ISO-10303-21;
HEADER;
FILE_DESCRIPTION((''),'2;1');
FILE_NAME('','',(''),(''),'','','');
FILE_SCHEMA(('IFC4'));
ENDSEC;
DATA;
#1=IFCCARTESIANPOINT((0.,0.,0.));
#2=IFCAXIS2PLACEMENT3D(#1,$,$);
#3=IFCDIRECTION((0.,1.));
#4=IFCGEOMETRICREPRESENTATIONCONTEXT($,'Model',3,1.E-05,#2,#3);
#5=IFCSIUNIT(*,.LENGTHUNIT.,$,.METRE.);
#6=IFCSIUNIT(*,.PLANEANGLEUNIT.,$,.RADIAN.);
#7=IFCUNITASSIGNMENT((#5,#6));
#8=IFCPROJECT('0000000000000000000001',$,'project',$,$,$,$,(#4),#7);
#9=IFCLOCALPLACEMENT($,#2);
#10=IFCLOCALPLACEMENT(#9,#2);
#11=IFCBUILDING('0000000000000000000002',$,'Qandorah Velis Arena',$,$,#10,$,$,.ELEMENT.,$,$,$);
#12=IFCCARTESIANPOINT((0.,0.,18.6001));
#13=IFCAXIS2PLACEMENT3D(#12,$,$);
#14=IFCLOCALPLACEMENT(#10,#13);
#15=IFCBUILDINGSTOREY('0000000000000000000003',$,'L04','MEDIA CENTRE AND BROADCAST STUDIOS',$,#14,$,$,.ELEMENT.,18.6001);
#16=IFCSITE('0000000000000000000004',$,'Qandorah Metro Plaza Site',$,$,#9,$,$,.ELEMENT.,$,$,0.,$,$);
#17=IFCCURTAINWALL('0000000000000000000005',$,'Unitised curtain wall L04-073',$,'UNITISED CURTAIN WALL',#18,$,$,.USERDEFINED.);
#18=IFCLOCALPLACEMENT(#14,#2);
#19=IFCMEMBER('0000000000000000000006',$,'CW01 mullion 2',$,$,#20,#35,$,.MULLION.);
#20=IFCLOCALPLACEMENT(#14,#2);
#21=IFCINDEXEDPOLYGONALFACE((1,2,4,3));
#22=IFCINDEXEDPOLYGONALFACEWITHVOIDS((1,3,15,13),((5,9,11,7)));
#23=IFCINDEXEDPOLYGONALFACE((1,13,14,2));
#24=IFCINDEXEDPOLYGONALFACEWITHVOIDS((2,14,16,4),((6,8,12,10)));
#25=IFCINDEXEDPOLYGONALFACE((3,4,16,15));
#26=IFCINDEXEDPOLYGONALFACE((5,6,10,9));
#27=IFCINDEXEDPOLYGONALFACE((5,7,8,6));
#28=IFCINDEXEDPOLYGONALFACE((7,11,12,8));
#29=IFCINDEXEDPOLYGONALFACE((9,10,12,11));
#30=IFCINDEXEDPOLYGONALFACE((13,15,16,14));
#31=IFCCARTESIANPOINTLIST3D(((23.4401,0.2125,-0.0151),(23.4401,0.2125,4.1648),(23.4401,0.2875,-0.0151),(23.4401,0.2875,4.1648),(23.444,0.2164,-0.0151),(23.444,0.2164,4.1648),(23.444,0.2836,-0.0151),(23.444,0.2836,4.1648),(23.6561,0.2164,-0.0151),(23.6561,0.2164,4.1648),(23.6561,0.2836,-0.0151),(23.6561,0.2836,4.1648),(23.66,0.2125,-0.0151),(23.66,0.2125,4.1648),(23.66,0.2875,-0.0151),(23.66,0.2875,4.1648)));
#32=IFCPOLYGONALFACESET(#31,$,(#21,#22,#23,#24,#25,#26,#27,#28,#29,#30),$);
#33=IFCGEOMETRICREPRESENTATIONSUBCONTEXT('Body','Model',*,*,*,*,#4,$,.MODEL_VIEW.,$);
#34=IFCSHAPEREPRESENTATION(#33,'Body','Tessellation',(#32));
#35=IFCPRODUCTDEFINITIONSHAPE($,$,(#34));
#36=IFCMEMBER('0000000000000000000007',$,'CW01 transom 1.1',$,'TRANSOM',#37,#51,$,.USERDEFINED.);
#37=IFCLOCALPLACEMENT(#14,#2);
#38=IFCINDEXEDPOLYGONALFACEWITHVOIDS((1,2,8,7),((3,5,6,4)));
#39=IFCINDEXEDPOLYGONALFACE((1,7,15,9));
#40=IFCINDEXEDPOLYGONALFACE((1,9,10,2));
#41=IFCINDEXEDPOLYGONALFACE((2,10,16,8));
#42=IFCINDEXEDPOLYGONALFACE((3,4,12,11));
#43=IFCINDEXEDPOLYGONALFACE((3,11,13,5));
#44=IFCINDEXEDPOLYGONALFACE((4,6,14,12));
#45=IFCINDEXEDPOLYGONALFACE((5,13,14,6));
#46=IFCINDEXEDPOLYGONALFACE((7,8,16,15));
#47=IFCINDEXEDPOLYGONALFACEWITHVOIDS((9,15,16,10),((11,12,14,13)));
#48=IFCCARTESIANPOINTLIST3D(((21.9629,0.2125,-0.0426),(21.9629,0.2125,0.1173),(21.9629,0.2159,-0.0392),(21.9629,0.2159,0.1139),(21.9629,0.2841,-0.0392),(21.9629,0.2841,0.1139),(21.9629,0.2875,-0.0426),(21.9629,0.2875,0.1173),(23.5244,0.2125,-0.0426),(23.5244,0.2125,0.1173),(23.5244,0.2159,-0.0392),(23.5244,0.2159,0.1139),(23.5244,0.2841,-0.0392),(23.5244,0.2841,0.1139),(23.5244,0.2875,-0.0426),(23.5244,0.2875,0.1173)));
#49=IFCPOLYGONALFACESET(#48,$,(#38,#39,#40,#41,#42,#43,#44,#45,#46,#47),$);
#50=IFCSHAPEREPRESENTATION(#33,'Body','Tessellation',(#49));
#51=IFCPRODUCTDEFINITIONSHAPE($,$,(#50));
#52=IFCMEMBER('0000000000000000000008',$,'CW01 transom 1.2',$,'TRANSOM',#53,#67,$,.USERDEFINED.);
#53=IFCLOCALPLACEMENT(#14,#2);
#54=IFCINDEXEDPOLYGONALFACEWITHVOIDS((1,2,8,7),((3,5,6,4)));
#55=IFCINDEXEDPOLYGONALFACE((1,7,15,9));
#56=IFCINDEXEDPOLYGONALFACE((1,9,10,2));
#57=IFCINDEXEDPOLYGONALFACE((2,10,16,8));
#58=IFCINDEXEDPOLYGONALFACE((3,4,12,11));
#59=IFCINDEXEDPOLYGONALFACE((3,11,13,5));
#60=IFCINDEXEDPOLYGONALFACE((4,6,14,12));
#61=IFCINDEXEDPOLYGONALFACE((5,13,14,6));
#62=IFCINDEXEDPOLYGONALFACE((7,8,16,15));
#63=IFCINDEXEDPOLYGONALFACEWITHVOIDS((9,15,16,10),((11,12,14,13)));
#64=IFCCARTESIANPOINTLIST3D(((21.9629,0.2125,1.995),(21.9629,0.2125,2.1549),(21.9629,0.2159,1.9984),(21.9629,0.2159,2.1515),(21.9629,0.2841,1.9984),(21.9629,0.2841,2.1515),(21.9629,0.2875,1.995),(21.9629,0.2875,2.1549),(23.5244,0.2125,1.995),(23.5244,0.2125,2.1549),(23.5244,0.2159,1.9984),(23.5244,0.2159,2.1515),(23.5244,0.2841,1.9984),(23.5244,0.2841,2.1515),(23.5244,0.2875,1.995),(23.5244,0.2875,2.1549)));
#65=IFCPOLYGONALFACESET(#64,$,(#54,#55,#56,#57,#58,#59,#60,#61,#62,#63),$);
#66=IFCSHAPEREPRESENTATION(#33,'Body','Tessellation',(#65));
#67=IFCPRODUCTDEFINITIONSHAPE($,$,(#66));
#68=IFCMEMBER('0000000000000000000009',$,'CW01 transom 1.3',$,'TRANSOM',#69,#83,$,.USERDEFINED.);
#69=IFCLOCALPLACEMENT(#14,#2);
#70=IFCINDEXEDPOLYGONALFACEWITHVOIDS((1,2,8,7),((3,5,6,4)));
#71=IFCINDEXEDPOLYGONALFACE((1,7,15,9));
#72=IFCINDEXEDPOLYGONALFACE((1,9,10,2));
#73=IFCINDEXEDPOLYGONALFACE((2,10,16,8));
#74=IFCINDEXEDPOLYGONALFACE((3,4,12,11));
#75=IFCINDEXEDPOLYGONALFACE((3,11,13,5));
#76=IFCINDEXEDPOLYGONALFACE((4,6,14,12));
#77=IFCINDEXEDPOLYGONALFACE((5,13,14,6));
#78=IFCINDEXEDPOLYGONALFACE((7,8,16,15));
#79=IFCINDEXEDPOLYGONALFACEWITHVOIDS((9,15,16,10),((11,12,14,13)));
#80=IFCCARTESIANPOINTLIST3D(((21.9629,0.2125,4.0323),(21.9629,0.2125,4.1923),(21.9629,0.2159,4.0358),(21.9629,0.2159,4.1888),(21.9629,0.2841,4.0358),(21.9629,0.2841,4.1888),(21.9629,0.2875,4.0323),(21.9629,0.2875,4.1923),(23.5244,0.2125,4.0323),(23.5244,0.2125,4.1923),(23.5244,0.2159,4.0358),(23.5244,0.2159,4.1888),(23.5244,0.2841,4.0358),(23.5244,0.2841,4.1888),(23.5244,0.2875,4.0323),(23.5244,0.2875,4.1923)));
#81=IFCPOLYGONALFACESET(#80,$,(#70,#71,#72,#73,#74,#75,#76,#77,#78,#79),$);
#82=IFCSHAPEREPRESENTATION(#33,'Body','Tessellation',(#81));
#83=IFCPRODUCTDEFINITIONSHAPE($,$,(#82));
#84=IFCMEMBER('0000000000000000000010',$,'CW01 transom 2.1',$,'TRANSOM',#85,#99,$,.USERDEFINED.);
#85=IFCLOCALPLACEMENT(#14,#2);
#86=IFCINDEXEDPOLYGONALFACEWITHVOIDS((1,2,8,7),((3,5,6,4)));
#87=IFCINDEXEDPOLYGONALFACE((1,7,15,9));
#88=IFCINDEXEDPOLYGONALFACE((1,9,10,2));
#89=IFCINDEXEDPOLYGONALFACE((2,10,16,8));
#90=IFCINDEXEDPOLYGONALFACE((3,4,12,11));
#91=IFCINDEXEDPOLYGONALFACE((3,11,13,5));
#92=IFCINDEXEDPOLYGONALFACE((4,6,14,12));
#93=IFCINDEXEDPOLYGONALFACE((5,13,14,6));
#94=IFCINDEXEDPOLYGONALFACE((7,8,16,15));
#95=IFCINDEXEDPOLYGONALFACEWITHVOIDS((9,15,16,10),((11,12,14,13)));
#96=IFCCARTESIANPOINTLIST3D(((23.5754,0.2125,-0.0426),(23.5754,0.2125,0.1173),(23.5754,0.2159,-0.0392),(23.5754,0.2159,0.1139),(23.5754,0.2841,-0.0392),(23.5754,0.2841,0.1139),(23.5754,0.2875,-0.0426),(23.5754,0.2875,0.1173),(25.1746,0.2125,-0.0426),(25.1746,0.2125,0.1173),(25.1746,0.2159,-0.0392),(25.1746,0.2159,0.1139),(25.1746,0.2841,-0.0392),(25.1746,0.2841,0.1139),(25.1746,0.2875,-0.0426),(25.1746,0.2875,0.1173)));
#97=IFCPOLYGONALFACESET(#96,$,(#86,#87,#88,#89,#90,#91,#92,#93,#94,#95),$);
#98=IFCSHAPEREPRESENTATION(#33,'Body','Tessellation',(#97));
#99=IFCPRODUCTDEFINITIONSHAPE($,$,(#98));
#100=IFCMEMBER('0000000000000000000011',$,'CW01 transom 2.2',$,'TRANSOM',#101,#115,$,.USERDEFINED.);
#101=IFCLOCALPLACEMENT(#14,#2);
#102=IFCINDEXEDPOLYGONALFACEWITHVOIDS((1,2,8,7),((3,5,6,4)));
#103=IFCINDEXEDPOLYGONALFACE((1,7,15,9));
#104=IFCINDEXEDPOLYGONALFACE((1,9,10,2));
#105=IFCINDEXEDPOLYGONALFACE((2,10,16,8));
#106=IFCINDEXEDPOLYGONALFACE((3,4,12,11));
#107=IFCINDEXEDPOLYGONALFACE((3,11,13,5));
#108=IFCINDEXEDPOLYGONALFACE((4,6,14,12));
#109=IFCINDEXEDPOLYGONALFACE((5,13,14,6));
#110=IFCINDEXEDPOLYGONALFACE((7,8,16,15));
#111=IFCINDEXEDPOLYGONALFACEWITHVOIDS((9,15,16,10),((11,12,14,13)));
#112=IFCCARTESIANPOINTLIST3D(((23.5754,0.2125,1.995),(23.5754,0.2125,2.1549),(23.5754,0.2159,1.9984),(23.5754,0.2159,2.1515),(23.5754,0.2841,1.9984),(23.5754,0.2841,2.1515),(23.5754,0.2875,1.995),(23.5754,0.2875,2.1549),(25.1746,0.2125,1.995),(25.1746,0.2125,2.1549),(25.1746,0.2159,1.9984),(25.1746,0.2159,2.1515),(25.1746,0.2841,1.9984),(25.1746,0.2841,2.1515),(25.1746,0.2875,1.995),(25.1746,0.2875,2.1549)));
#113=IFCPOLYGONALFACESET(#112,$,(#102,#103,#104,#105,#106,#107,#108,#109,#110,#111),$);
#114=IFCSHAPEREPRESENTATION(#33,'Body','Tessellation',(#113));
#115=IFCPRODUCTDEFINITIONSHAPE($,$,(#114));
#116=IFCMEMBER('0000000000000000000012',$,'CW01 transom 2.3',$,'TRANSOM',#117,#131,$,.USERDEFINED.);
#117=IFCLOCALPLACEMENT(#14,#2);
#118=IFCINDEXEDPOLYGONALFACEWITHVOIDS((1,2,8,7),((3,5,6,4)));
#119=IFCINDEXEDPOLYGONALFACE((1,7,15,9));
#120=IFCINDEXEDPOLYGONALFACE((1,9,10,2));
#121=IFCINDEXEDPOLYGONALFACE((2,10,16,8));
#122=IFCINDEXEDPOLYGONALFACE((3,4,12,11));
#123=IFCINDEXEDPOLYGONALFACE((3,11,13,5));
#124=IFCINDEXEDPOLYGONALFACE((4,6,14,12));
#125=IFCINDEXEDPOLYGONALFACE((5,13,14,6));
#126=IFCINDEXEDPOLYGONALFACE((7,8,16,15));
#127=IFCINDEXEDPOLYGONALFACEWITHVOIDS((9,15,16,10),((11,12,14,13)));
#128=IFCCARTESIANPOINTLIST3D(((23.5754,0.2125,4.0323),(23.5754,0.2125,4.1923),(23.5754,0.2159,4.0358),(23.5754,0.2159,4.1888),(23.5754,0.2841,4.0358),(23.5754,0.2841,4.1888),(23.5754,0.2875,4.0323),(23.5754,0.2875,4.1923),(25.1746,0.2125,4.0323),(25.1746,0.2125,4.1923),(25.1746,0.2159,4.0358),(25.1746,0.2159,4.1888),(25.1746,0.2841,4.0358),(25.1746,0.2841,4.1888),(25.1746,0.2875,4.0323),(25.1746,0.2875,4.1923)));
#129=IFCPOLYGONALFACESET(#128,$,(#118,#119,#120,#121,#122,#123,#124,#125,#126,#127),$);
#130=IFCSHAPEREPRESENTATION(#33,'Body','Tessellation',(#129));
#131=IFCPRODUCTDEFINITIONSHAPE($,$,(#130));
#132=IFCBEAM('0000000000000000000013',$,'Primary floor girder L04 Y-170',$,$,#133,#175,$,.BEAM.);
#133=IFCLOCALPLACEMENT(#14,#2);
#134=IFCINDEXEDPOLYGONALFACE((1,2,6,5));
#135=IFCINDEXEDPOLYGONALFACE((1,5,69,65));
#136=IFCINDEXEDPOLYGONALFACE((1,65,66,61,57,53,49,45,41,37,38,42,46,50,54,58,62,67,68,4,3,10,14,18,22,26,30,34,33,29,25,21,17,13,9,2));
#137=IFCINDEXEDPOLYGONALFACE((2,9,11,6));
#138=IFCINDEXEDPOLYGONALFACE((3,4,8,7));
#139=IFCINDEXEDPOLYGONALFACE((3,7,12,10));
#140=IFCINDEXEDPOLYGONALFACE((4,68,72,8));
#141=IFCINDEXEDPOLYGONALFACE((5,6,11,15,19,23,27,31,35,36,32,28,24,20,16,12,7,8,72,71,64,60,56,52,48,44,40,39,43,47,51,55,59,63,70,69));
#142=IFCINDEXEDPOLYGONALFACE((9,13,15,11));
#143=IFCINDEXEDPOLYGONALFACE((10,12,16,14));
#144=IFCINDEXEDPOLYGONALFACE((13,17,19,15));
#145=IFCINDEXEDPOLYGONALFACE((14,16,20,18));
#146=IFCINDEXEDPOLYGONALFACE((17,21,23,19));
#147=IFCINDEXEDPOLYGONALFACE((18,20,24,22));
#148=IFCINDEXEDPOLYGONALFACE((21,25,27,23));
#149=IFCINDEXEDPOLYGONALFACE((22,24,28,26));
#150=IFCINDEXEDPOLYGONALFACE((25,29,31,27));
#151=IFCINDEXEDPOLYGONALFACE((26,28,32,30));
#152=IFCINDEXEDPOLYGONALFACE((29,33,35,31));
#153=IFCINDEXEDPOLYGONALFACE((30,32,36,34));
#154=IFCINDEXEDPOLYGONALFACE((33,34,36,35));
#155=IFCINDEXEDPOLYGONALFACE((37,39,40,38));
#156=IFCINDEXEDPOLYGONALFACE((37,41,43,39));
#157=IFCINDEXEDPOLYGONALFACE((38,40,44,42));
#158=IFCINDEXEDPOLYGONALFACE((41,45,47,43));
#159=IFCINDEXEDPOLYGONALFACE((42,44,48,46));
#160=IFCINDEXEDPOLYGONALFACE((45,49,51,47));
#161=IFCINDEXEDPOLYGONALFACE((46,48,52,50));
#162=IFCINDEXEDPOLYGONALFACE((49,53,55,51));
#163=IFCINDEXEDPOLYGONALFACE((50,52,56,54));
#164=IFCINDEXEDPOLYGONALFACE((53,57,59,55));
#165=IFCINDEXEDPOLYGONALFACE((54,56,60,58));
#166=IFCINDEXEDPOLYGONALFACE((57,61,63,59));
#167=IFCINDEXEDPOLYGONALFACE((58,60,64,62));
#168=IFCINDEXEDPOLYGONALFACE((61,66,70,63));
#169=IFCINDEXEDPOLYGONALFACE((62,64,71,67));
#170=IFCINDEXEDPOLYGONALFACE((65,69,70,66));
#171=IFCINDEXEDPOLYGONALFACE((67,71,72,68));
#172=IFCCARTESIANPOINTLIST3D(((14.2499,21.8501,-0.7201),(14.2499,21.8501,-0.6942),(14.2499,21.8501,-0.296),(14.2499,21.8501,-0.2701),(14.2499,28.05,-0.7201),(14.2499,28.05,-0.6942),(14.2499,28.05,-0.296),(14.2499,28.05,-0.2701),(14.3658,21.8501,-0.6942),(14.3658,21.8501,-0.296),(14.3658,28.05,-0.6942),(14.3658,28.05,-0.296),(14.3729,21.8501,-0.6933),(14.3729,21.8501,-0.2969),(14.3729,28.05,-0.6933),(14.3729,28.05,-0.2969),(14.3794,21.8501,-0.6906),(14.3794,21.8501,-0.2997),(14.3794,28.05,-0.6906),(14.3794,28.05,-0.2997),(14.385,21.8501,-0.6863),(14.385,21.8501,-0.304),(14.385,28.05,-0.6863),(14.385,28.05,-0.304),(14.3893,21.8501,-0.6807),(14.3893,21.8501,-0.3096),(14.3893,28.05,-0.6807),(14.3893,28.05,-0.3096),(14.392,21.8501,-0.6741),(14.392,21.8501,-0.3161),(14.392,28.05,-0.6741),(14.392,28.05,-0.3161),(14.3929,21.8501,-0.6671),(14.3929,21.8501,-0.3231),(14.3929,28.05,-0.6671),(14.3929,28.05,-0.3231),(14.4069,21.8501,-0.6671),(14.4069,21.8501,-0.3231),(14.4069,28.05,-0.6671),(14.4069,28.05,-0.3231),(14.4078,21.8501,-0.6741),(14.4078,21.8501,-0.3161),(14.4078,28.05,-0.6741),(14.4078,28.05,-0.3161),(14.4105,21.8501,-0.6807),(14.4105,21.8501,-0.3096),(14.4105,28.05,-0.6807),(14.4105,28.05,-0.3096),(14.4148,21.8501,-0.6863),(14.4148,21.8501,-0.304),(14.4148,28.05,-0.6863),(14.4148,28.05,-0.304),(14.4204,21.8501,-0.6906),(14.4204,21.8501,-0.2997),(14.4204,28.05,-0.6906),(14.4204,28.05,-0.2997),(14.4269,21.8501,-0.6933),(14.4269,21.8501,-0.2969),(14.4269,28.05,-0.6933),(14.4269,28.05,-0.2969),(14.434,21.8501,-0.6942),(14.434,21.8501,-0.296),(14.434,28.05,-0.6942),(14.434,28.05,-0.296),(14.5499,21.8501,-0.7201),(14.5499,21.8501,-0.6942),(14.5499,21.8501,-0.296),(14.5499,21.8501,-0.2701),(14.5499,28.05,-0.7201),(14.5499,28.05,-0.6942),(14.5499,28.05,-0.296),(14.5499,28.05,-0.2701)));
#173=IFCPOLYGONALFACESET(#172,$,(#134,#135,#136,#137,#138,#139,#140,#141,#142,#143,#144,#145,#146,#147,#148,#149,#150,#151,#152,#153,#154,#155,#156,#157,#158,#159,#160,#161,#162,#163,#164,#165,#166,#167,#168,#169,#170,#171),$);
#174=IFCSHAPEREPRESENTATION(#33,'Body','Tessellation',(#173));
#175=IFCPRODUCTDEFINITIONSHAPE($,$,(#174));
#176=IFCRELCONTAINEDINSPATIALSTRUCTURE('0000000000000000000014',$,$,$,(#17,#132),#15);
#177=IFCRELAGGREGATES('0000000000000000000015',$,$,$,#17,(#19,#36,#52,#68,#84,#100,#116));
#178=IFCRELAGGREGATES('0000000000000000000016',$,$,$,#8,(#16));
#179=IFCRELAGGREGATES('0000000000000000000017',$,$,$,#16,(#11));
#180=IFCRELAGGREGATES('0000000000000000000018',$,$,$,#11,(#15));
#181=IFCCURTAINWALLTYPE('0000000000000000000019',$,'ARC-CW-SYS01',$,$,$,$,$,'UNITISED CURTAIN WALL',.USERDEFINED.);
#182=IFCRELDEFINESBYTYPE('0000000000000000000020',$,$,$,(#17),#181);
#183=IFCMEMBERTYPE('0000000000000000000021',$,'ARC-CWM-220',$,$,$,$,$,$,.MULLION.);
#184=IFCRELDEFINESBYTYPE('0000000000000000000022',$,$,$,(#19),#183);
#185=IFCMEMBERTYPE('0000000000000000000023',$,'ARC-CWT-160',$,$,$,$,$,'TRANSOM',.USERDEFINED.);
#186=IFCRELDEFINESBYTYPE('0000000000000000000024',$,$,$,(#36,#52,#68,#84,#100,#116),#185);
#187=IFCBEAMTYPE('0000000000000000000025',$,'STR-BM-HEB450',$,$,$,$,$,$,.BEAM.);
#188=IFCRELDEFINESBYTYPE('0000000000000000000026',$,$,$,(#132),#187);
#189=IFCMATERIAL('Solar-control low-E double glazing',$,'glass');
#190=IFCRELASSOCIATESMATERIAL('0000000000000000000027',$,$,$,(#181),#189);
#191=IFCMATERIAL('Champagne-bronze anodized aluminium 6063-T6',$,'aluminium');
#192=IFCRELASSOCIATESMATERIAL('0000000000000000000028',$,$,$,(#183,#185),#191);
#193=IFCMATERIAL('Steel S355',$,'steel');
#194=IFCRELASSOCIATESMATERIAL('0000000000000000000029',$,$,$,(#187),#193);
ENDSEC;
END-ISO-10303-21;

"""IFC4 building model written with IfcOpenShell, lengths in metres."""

from ifc_helpers import new_model, si_unit, direction, frame, origin, origin_2d, place, context, subcontext, project, spatial, hollow_rectangle, i_section, extrude, material, material_profile, profile_set, type_object, element, aggregate, save


model = new_model("IFC4")

# Units and contexts
model_context = context("Model", 3, precision=1e-05, world=origin(), true_north=direction((0.0, 1.0)))
body_context = subcontext(model_context, "Body", "Model", "MODEL_VIEW")
ifc_project = project(units=[si_unit("LENGTHUNIT", "METRE"), si_unit("PLANEANGLEUNIT", "RADIAN")], contexts=[model_context])

# Site, building, storey
site_placement = place(None, origin())
site = spatial("IfcSite", under=ifc_project, at=site_placement, Name="Qandorah Metro Plaza Site", CompositionType="ELEMENT", RefElevation=0.0)
building_placement = place(site_placement, origin())
building = spatial("IfcBuilding", under=site, at=building_placement, Name="Qandorah Velis Arena", CompositionType="ELEMENT")
storey_placement = place(building_placement, frame((0.0, 0.0, 18.6001)))
storey = spatial("IfcBuildingStorey", under=building, at=storey_placement, Name="L04", Description="MEDIA CENTRE AND BROADCAST STUDIOS", CompositionType="ELEMENT", Elevation=18.6001)

# Shared definitions
ifc_material_1 = material(Name="Steel S355", Category="steel")

# Curtain wall, members
ifc_material_2 = material(Name="Solar-control low-E double glazing", Category="glass")
curtain_wall_type = type_object("IfcCurtainWallType", Name="ARC-CW-SYS01", ElementType="UNITISED CURTAIN WALL", PredefinedType="USERDEFINED", material=ifc_material_2)
curtain_wall_placement = place(storey_placement, origin())
curtain_wall = element("IfcCurtainWall", 1, at=curtain_wall_placement, inside=storey, type_object=curtain_wall_type, Name="Unitised curtain wall L04-073", ObjectType="UNITISED CURTAIN WALL", PredefinedType="USERDEFINED")
ifc_material_3 = material(Name="Champagne-bronze anodized aluminium 6063-T6", Category="aluminium")
ifc_material_profile_1 = material_profile(ifc_material_3, hollow_rectangle(XDim=0.075, YDim=0.22, WallThickness=0.0039, at=origin_2d()), Name="ALU MULLION 75x220")
ifc_profile_set_1 = profile_set([ifc_material_profile_1], Name="Champagne-bronze anodized aluminium 6063-T6")
member_type_1 = type_object("IfcMemberType", Name="ARC-CWM-220", PredefinedType="MULLION", material=ifc_profile_set_1)
member_1_placement = place(storey_placement, frame((23.55, 0.25, -0.0151), z_axis=(0.0, 0.0, 1.0), x_axis=(0.0, 1.0, 0.0)))
member_1 = element("IfcMember", 2, at=member_1_placement, type_object=member_type_1, Name="CW01 mullion 2", PredefinedType="MULLION", context=body_context, shape_type="SweptSolid", body=[
    extrude(hollow_rectangle(XDim=0.075, YDim=0.22, WallThickness=0.0039, at=origin_2d()), origin(), (0.0, 0.0, 1.0), 4.1799),
])
ifc_material_profile_2 = material_profile(ifc_material_3, hollow_rectangle(XDim=0.075, YDim=0.1599, WallThickness=0.0034, at=origin_2d()), Name="ALU TRANSOM 75x160")
ifc_profile_set_2 = profile_set([ifc_material_profile_2], Name="Champagne-bronze anodized aluminium 6063-T6")
member_type_2 = type_object("IfcMemberType", Name="ARC-CWT-160", ElementType="TRANSOM", PredefinedType="USERDEFINED", material=ifc_profile_set_2)
member_2_placement = place(storey_placement, frame((21.9629, 0.25, 0.0374), z_axis=(1.0, 0.0, 0.0), x_axis=(0.0, 1.0, 0.0)))
member_2 = element("IfcMember", 3, at=member_2_placement, type_object=member_type_2, Name="CW01 transom 1.1", ObjectType="TRANSOM", PredefinedType="USERDEFINED", context=body_context, shape_type="SweptSolid", body=[
    extrude(hollow_rectangle(XDim=0.075, YDim=0.1599, WallThickness=0.0034, at=origin_2d()), origin(), (0.0, 0.0, 1.0), 1.5615),
])
member_3_placement = place(storey_placement, frame((21.9629, 0.25, 2.075), z_axis=(1.0, 0.0, 0.0), x_axis=(0.0, 1.0, 0.0)))
member_3 = element("IfcMember", 4, at=member_3_placement, type_object=member_type_2, Name="CW01 transom 1.2", ObjectType="TRANSOM", PredefinedType="USERDEFINED", context=body_context, shape_type="SweptSolid", body=[
    extrude(hollow_rectangle(XDim=0.075, YDim=0.1599, WallThickness=0.0034, at=origin_2d()), origin(), (0.0, 0.0, 1.0), 1.5615),
])
member_4_placement = place(storey_placement, frame((21.9629, 0.25, 4.1123), z_axis=(1.0, 0.0, 0.0), x_axis=(0.0, 1.0, 0.0)))
member_4 = element("IfcMember", 5, at=member_4_placement, type_object=member_type_2, Name="CW01 transom 1.3", ObjectType="TRANSOM", PredefinedType="USERDEFINED", context=body_context, shape_type="SweptSolid", body=[
    extrude(hollow_rectangle(XDim=0.075, YDim=0.1599, WallThickness=0.0034, at=origin_2d()), origin(), (0.0, 0.0, 1.0), 1.5615),
])
member_5_placement = place(storey_placement, frame((23.5754, 0.25, 0.0374), z_axis=(1.0, 0.0, 0.0), x_axis=(0.0, 1.0, 0.0)))
member_5 = element("IfcMember", 6, at=member_5_placement, type_object=member_type_2, Name="CW01 transom 2.1", ObjectType="TRANSOM", PredefinedType="USERDEFINED", context=body_context, shape_type="SweptSolid", body=[
    extrude(hollow_rectangle(XDim=0.075, YDim=0.1599, WallThickness=0.0034, at=origin_2d()), origin(), (0.0, 0.0, 1.0), 1.5991),
])
member_6_placement = place(storey_placement, frame((23.5754, 0.25, 2.075), z_axis=(1.0, 0.0, 0.0), x_axis=(0.0, 1.0, 0.0)))
member_6 = element("IfcMember", 7, at=member_6_placement, type_object=member_type_2, Name="CW01 transom 2.2", ObjectType="TRANSOM", PredefinedType="USERDEFINED", context=body_context, shape_type="SweptSolid", body=[
    extrude(hollow_rectangle(XDim=0.075, YDim=0.1599, WallThickness=0.0034, at=origin_2d()), origin(), (0.0, 0.0, 1.0), 1.5991),
])
member_7_placement = place(storey_placement, frame((23.5754, 0.25, 4.1123), z_axis=(1.0, 0.0, 0.0), x_axis=(0.0, 1.0, 0.0)))
member_7 = element("IfcMember", 8, at=member_7_placement, type_object=member_type_2, Name="CW01 transom 2.3", ObjectType="TRANSOM", PredefinedType="USERDEFINED", context=body_context, shape_type="SweptSolid", body=[
    extrude(hollow_rectangle(XDim=0.075, YDim=0.1599, WallThickness=0.0034, at=origin_2d()), origin(), (0.0, 0.0, 1.0), 1.5991),
])

# Beam
ifc_material_profile_3 = material_profile(ifc_material_1, i_section(OverallWidth=0.3, OverallDepth=0.45, WebThickness=0.0139, FlangeThickness=0.0259, FilletRadius=0.0271, at=origin_2d()), Name="HEB 450")
ifc_profile_set_3 = profile_set([ifc_material_profile_3], Name="Steel S355")
beam_type_1 = type_object("IfcBeamType", Name="STR-BM-HEB450", PredefinedType="BEAM", material=ifc_profile_set_3)
beam_1_placement = place(storey_placement, frame((14.3999, 21.8501, -0.4951), z_axis=(0.0, 1.0, 0.0), x_axis=(-1.0, 0.0, 0.0)))
element("IfcBeam", 9, at=beam_1_placement, inside=storey, type_object=beam_type_1, Name="Primary floor girder L04 Y-170", PredefinedType="BEAM", context=body_context, shape_type="SweptSolid", body=[
    extrude(i_section(OverallWidth=0.3, OverallDepth=0.45, WebThickness=0.0139, FlangeThickness=0.0259, FilletRadius=0.0271, at=origin_2d()), origin(), (0.0, 0.0, 1.0), 6.2),
])

aggregate(curtain_wall, [member_1, member_2, member_3, member_4, member_5, member_6, member_7])

save(model, "model.ifc")
